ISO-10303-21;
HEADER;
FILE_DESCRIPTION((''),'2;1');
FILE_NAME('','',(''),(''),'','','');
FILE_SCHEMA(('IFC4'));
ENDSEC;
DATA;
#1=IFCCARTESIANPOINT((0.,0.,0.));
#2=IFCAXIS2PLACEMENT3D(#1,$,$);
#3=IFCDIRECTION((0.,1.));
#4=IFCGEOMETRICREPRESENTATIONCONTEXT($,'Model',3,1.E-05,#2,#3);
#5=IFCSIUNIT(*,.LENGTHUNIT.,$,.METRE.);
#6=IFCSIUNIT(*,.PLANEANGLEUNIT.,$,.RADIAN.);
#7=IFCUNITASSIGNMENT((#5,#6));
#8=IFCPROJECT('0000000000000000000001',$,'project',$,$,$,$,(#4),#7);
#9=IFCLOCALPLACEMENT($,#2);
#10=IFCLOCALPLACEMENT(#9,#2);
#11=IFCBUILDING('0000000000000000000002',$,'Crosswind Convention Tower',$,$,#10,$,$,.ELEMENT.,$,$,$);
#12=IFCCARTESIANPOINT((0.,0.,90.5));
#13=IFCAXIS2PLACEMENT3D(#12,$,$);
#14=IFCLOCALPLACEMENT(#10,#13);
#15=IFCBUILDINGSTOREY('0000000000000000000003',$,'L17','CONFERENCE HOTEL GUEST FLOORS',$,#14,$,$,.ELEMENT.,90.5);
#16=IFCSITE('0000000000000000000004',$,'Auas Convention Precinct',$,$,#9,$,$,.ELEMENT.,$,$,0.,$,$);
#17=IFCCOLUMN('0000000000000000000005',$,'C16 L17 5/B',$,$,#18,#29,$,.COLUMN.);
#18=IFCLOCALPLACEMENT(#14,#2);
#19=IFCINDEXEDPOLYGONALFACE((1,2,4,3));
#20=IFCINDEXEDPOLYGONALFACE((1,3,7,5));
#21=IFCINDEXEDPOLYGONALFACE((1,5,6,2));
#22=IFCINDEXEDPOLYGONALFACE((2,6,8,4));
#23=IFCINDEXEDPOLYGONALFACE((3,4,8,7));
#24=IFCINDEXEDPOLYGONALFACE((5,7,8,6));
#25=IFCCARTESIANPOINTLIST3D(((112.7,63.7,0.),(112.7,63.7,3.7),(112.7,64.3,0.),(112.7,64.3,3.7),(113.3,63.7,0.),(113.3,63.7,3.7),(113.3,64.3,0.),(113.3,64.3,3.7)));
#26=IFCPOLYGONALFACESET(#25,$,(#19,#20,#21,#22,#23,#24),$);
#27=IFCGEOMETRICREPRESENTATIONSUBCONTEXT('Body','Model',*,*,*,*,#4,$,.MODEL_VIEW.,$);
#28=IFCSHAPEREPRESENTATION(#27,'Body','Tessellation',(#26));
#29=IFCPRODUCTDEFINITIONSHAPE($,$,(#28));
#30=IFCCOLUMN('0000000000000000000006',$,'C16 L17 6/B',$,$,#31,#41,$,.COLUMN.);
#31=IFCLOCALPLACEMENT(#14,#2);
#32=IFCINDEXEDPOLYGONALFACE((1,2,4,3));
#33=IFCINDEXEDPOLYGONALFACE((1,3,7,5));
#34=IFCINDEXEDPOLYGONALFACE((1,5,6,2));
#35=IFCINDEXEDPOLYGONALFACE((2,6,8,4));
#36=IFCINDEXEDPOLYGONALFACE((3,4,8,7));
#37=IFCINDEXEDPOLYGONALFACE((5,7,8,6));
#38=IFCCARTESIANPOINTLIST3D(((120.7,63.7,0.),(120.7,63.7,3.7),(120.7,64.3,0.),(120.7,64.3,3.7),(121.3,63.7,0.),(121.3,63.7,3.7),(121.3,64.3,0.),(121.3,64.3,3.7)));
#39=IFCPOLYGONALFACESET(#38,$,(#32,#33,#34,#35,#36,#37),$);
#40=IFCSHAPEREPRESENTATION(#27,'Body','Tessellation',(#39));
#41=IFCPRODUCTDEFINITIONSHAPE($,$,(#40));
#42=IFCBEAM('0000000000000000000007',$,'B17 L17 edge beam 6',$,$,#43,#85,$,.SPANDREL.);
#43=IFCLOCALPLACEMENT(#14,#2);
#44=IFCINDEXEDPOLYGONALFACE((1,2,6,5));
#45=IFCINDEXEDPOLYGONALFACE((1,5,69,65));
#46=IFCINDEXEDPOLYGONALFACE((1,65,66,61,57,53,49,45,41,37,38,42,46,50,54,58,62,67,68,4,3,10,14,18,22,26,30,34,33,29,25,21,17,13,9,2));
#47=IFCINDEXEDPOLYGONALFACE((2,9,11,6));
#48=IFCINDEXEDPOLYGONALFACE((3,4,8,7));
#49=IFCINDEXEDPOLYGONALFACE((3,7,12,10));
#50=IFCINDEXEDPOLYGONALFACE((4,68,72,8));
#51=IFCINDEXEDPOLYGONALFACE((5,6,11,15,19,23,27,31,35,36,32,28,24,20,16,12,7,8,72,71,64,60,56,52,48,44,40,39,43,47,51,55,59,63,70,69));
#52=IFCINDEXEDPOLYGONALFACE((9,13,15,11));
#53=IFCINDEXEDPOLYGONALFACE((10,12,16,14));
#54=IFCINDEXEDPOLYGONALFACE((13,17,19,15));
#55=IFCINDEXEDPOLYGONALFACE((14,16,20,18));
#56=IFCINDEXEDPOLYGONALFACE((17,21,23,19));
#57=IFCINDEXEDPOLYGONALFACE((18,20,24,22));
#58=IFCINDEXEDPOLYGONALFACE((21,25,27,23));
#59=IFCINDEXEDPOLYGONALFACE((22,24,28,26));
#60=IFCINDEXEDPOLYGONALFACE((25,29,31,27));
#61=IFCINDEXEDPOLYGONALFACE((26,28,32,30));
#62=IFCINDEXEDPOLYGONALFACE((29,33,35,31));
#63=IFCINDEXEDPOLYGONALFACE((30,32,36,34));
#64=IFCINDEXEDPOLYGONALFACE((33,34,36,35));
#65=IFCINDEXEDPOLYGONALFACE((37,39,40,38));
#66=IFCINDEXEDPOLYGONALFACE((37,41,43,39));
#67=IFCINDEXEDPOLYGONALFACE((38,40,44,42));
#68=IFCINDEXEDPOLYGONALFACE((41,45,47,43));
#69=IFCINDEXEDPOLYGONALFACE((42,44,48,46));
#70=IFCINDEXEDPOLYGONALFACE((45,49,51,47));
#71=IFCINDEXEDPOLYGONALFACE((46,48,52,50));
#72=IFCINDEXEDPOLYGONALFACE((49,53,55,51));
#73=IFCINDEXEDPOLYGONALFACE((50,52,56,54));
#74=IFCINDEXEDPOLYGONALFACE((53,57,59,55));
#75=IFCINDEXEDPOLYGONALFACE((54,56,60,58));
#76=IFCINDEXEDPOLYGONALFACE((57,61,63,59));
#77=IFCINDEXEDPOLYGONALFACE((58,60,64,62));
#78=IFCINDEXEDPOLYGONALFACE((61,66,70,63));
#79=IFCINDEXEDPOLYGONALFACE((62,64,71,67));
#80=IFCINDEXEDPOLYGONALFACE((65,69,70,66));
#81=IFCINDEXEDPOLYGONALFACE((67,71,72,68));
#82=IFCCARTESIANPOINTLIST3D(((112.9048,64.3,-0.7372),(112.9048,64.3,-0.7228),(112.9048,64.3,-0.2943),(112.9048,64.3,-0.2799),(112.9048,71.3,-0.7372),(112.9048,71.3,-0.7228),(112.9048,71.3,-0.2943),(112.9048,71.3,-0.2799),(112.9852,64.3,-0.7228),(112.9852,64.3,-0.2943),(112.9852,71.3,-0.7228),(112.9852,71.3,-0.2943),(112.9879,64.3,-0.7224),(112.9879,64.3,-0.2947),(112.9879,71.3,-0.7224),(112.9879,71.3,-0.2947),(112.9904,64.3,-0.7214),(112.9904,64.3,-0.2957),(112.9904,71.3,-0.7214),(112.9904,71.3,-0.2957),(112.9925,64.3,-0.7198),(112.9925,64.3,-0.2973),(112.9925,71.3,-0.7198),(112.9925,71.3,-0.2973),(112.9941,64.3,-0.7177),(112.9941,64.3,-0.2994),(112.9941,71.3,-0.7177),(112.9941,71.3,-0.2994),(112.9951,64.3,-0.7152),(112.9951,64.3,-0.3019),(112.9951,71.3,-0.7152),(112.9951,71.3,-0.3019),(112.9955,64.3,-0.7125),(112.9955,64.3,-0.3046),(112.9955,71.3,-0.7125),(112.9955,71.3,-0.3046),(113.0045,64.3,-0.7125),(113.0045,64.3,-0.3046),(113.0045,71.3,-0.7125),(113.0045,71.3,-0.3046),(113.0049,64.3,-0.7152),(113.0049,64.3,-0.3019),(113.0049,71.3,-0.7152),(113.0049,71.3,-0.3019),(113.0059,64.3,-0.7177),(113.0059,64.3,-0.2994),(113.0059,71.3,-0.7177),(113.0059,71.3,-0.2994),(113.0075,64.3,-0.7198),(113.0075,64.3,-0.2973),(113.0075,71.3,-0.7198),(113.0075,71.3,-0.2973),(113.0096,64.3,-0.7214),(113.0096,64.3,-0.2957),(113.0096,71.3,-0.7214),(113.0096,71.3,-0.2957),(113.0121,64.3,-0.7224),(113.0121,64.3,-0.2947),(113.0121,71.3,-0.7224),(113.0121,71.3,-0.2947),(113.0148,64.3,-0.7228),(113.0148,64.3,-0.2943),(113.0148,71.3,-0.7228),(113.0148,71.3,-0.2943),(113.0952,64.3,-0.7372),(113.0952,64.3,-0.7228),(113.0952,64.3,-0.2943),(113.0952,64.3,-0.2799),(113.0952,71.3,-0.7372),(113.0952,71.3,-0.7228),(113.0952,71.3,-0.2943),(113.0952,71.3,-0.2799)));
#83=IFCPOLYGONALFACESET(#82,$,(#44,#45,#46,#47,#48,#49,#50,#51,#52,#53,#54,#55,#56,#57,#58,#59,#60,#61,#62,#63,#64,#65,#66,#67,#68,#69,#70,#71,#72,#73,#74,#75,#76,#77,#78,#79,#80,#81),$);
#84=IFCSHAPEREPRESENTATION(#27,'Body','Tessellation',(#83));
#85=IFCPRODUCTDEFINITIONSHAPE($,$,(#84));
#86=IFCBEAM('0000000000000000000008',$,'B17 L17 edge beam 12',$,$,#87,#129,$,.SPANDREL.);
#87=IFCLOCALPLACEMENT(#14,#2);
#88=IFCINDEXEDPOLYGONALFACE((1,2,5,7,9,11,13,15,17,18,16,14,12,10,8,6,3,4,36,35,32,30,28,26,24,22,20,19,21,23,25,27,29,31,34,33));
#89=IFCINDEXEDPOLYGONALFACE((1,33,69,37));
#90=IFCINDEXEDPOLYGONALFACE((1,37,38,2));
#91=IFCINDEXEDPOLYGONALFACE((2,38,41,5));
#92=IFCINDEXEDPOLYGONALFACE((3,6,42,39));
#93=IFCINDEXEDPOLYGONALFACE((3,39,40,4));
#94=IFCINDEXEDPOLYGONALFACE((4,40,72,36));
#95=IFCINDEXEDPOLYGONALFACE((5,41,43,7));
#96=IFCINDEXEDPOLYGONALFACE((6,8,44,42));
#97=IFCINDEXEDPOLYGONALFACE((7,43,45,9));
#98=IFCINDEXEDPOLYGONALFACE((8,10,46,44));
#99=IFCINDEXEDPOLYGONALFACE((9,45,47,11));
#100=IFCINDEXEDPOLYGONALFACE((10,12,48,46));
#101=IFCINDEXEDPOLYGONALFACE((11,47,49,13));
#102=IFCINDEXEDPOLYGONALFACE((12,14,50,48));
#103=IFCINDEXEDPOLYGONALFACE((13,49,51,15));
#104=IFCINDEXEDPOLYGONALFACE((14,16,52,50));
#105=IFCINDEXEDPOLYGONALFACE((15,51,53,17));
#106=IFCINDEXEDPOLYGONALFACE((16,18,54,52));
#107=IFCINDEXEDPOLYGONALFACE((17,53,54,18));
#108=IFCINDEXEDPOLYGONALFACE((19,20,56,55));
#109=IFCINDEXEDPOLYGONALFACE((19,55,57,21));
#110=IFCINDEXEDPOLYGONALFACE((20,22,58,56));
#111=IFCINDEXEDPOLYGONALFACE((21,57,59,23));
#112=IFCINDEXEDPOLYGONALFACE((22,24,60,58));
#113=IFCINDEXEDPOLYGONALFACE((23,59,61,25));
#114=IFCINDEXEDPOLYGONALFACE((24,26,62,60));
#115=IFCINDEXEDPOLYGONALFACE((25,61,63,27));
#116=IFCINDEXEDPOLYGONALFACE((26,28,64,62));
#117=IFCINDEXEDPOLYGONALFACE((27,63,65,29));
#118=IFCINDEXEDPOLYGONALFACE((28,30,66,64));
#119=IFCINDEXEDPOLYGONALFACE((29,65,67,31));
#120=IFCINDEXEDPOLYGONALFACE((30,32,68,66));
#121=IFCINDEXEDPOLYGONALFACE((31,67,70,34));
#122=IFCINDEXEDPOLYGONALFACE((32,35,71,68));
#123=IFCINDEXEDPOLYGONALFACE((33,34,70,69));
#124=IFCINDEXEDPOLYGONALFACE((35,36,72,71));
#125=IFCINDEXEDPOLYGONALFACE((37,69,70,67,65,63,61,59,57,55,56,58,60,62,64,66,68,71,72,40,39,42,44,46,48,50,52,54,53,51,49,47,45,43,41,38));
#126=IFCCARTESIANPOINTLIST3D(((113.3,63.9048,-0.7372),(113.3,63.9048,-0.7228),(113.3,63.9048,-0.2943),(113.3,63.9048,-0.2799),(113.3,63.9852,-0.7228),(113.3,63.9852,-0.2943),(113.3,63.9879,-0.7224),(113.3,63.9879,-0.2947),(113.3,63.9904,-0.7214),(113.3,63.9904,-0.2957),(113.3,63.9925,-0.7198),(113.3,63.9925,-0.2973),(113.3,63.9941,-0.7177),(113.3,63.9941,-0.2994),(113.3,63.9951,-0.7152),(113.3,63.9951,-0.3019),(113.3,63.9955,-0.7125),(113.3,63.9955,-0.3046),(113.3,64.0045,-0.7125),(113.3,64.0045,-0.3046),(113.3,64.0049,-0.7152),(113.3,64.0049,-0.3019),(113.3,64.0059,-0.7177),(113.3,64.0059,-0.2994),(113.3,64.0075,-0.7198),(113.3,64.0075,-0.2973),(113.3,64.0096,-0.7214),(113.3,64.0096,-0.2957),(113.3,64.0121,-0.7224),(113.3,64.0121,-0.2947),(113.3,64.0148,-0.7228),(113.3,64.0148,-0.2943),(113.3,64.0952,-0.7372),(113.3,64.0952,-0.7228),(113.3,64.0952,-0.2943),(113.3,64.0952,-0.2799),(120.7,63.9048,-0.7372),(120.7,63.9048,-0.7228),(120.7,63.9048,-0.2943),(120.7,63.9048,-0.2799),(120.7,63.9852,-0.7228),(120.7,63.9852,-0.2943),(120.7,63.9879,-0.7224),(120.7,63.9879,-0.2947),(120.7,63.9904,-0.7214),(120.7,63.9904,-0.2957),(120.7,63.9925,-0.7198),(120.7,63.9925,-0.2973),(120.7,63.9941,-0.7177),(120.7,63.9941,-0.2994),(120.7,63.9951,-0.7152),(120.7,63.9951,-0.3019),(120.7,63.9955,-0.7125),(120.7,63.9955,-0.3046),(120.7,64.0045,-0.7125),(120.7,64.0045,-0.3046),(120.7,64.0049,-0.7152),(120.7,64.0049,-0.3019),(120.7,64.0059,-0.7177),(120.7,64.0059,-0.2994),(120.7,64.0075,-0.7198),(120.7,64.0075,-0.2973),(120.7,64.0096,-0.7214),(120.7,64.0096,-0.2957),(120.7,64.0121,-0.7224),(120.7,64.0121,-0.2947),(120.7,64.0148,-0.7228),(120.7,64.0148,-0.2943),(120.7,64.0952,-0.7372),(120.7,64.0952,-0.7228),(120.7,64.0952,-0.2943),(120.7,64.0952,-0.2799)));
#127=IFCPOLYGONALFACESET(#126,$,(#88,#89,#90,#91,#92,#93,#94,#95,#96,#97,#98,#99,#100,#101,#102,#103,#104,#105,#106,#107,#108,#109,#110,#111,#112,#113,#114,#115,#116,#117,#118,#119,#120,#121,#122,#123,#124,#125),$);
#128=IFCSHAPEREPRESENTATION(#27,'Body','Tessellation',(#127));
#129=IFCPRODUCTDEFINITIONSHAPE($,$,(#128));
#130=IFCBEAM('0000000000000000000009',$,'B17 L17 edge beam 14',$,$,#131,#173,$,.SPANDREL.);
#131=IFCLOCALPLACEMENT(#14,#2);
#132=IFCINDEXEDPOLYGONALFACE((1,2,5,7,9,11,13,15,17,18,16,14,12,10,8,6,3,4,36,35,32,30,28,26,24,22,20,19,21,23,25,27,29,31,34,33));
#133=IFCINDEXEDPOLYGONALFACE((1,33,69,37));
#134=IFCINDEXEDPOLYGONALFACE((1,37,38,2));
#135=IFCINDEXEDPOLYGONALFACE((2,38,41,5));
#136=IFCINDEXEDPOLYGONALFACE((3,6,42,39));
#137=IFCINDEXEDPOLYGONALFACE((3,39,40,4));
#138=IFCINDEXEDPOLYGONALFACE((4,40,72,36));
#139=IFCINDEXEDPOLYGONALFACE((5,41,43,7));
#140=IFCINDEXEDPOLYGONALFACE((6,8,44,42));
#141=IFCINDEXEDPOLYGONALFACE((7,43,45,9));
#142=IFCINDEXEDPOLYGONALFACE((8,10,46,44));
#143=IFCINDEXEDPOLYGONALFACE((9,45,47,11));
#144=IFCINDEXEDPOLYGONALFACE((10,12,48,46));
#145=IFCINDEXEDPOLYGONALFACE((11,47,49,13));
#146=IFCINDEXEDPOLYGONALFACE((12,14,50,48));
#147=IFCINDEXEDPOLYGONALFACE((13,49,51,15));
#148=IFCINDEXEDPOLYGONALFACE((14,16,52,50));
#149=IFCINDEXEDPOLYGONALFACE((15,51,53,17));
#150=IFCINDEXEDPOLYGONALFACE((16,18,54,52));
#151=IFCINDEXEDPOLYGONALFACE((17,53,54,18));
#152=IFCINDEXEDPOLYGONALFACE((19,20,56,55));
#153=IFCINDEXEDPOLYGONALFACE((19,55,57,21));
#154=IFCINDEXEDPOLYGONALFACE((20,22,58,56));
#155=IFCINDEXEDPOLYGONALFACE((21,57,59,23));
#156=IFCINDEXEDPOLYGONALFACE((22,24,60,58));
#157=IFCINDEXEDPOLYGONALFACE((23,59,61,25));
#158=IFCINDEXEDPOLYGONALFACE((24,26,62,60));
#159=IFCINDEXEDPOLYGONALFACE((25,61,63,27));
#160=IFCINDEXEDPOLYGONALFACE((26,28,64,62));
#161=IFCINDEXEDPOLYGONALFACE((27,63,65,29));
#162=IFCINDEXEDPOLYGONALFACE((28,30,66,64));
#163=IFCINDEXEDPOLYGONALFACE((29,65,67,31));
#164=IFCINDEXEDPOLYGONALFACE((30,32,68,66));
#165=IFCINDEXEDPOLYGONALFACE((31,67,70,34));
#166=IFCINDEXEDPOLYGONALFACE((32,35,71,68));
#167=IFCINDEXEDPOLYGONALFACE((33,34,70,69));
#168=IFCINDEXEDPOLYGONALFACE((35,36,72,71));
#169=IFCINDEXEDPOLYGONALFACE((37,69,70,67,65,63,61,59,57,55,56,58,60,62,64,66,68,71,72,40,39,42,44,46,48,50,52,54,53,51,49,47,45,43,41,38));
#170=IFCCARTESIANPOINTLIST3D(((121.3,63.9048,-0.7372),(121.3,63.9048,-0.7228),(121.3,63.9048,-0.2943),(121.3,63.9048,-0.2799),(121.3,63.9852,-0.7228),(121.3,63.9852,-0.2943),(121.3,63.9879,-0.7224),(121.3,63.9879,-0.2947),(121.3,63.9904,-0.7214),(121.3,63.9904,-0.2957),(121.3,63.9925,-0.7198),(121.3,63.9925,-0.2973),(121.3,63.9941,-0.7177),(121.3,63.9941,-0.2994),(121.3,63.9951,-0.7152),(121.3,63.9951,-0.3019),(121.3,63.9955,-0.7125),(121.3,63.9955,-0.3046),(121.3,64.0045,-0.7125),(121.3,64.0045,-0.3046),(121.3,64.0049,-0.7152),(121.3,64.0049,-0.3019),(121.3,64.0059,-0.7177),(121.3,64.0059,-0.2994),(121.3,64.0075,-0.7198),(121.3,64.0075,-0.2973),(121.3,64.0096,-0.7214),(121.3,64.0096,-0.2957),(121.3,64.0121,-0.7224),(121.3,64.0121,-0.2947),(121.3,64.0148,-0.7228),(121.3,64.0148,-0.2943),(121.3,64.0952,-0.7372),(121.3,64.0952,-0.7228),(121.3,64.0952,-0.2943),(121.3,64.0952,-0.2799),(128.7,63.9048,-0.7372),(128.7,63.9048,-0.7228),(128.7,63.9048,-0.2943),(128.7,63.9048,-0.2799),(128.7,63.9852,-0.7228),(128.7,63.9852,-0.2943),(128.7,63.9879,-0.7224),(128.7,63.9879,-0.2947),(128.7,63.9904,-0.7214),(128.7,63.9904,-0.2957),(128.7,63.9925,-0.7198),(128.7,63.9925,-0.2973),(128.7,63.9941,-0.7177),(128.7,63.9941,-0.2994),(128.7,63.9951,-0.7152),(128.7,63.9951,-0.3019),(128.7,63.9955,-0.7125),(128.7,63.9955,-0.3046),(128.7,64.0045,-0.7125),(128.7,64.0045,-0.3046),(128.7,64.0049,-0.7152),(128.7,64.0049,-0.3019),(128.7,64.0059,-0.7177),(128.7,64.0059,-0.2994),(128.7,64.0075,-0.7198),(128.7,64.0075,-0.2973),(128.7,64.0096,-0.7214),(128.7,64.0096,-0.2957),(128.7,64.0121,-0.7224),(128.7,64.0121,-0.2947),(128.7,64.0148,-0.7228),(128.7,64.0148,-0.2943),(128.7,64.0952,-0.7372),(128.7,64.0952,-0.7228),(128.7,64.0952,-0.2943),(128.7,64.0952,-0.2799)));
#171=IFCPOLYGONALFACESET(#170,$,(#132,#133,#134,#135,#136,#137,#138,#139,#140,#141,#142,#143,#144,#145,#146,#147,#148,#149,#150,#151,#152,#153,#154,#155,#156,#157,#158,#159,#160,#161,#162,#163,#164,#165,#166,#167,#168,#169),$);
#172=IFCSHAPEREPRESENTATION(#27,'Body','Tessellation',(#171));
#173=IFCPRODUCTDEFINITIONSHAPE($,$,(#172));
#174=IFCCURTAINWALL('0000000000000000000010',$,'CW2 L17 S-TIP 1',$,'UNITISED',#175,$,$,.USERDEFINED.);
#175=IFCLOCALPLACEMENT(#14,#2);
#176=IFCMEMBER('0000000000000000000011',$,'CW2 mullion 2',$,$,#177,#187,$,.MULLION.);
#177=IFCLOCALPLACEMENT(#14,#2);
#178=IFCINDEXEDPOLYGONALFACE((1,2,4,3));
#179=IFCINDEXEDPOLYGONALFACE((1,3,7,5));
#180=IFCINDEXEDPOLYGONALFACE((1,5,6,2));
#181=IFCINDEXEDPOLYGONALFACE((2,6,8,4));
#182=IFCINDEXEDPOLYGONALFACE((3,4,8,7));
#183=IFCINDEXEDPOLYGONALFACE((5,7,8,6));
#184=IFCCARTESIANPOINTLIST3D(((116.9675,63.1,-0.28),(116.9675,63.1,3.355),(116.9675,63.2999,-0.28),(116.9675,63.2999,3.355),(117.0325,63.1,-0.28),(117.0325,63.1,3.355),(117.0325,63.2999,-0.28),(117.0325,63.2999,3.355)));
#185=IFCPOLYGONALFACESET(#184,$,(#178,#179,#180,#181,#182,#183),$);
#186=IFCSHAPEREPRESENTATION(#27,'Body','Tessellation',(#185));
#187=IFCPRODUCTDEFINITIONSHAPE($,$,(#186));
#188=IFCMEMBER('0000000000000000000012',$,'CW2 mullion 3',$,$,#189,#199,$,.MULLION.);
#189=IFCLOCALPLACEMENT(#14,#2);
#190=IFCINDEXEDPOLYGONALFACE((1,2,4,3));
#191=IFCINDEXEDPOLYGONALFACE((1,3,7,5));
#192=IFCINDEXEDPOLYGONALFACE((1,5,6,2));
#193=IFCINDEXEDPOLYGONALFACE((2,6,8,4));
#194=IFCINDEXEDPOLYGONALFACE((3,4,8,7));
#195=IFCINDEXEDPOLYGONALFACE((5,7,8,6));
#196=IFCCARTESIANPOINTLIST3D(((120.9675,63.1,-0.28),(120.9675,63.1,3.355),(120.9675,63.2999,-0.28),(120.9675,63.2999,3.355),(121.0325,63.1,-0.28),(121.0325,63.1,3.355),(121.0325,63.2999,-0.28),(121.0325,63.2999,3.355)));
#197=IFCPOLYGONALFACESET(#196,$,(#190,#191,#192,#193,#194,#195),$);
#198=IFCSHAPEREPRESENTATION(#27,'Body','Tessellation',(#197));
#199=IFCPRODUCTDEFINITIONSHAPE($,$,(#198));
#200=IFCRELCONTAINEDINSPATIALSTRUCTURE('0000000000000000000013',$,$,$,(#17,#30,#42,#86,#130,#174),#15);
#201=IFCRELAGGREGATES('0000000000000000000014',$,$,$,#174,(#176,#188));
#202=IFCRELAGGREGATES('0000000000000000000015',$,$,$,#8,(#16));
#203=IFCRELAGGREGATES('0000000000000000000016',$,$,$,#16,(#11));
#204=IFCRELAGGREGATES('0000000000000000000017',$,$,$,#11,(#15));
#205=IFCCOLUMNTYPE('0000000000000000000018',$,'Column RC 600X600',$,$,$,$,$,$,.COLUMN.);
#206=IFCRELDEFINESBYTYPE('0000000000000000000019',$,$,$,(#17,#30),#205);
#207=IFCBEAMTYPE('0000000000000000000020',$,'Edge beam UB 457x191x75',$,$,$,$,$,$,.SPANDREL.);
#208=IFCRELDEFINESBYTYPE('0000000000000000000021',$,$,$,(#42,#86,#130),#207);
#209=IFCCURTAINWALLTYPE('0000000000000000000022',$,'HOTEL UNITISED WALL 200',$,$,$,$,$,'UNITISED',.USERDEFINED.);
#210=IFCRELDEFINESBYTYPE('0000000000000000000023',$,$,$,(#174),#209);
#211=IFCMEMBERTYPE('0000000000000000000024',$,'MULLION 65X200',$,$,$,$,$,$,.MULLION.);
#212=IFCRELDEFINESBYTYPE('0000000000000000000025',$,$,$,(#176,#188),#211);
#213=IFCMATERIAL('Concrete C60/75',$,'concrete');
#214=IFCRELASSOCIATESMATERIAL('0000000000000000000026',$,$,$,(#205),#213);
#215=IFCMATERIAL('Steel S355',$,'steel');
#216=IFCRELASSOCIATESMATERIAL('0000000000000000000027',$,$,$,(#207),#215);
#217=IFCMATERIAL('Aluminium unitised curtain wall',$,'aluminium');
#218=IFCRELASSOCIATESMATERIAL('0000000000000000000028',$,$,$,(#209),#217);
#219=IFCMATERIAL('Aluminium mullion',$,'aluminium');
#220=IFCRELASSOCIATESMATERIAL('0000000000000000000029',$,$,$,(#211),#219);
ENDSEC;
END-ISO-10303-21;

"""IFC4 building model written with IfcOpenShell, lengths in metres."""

from ifc_helpers import new_model, si_unit, direction, frame, origin, origin_2d, place, context, subcontext, project, spatial, rectangle, i_section, extrude, material, material_profile, profile_set, type_object, element, aggregate, save


model = new_model("IFC4")

# Units and contexts
model_context = context("Model", 3, precision=1e-05, world=origin(), true_north=direction((0.0, 1.0)))
body_context = subcontext(model_context, "Body", "Model", "MODEL_VIEW")
ifc_project = project(units=[si_unit("LENGTHUNIT", "METRE"), si_unit("PLANEANGLEUNIT", "RADIAN")], contexts=[model_context])

# Site, building, storey
site_placement = place(None, origin())
site = spatial("IfcSite", under=ifc_project, at=site_placement, Name="Auas Convention Precinct", CompositionType="ELEMENT", RefElevation=0.0)
building_placement = place(site_placement, origin())
building = spatial("IfcBuilding", under=site, at=building_placement, Name="Crosswind Convention Tower", CompositionType="ELEMENT")
storey_placement = place(building_placement, frame((0.0, 0.0, 90.5)))
storey = spatial("IfcBuildingStorey", under=building, at=storey_placement, Name="L17", Description="CONFERENCE HOTEL GUEST FLOORS", CompositionType="ELEMENT", Elevation=90.5)

# Columns
ifc_material_1 = material(Name="Concrete C60/75", Category="concrete")
ifc_material_profile_1 = material_profile(ifc_material_1, rectangle(XDim=0.6001, YDim=0.6001, at=origin_2d()), Name="RC 600X600")
ifc_profile_set_1 = profile_set([ifc_material_profile_1], Name="Concrete C60/75")
column_type = type_object("IfcColumnType", Name="Column RC 600X600", PredefinedType="COLUMN", material=ifc_profile_set_1)
for number, where, z_axis, x_axis, name in (
    (1, (113.0, 64.0, 0.0), (0.0, 0.0, 1.0), (1.0, 0.0, 0.0), "C16 L17 5/B"),
    (2, (121.0, 64.0, 0.0), (0.0, 0.0, 1.0), (1.0, 0.0, 0.0), "C16 L17 6/B"),
):
    element("IfcColumn", number, at=place(storey_placement, frame(where, z_axis=z_axis, x_axis=x_axis)), inside=storey, type_object=column_type, Name=name, PredefinedType="COLUMN", context=body_context, shape_type="SweptSolid", body=[
        extrude(rectangle(XDim=0.6001, YDim=0.6001, at=origin_2d()), origin(), (0.0, 0.0, 1.0), 3.7),
    ])

# Beams
ifc_material_2 = material(Name="Steel S355", Category="steel")
ifc_material_profile_2 = material_profile(ifc_material_2, i_section(OverallWidth=0.1904, OverallDepth=0.4573, WebThickness=0.009, FlangeThickness=0.0144, FilletRadius=0.0103, at=origin_2d()), Name="UB 457x191x75")
ifc_profile_set_2 = profile_set([ifc_material_profile_2], Name="Steel S355")
beam_type = type_object("IfcBeamType", Name="Edge beam UB 457x191x75", PredefinedType="SPANDREL", material=ifc_profile_set_2)
beam_placement = place(storey_placement, frame((113.0, 64.3, -0.5085), z_axis=(0.0, 1.0, 0.0), x_axis=(-1.0, 0.0, 0.0)))
element("IfcBeam", 3, at=beam_placement, inside=storey, type_object=beam_type, Name="B17 L17 edge beam 6", PredefinedType="SPANDREL", context=body_context, shape_type="SweptSolid", body=[
    extrude(i_section(OverallWidth=0.1904, OverallDepth=0.4573, WebThickness=0.009, FlangeThickness=0.0144, FilletRadius=0.0103, at=origin_2d()), origin(), (0.0, 0.0, 1.0), 7.0),
])
for number, where, z_axis, x_axis, name in (
    (4, (113.3, 64.0, -0.5085), (1.0, 0.0, 0.0), (0.0, 1.0, 0.0), "B17 L17 edge beam 12"),
    (5, (121.3, 64.0, -0.5085), (1.0, 0.0, 0.0), (0.0, 1.0, 0.0), "B17 L17 edge beam 14"),
):
    element("IfcBeam", number, at=place(storey_placement, frame(where, z_axis=z_axis, x_axis=x_axis)), inside=storey, type_object=beam_type, Name=name, PredefinedType="SPANDREL", context=body_context, shape_type="SweptSolid", body=[
        extrude(i_section(OverallWidth=0.1904, OverallDepth=0.4573, WebThickness=0.009, FlangeThickness=0.0144, FilletRadius=0.0103, at=origin_2d()), origin(), (0.0, 0.0, 1.0), 7.3999),
    ])

# Curtain wall, members
ifc_material_3 = material(Name="Aluminium unitised curtain wall", Category="aluminium")
curtain_wall_type = type_object("IfcCurtainWallType", Name="HOTEL UNITISED WALL 200", ElementType="UNITISED", PredefinedType="USERDEFINED", material=ifc_material_3)
curtain_wall_placement = place(storey_placement, origin())
curtain_wall = element("IfcCurtainWall", 6, at=curtain_wall_placement, inside=storey, type_object=curtain_wall_type, Name="CW2 L17 S-TIP 1", ObjectType="UNITISED", PredefinedType="USERDEFINED")
ifc_material_4 = material(Name="Aluminium mullion", Category="aluminium")
ifc_material_profile_3 = material_profile(ifc_material_4, rectangle(XDim=0.2, YDim=0.0649, at=origin_2d()), Name="AL 200X65")
ifc_profile_set_3 = profile_set([ifc_material_profile_3], Name="Aluminium mullion")
member_type_1 = type_object("IfcMemberType", Name="MULLION 65X200", PredefinedType="MULLION", material=ifc_profile_set_3)
member_1_placement = place(storey_placement, frame((117.0, 63.2, -0.28), z_axis=(0.0, 0.0, 1.0), x_axis=(0.0, -1.0, 0.0)))
member_1 = element("IfcMember", 7, at=member_1_placement, type_object=member_type_1, Name="CW2 mullion 2", PredefinedType="MULLION", context=body_context, shape_type="SweptSolid", body=[
    extrude(rectangle(XDim=0.2, YDim=0.0649, at=origin_2d()), origin(), (0.0, 0.0, 1.0), 3.635),
])
member_2_placement = place(storey_placement, frame((121.0, 63.2, -0.28), z_axis=(0.0, 0.0, 1.0), x_axis=(0.0, -1.0, 0.0)))
member_2 = element("IfcMember", 8, at=member_2_placement, type_object=member_type_1, Name="CW2 mullion 3", PredefinedType="MULLION", context=body_context, shape_type="SweptSolid", body=[
    extrude(rectangle(XDim=0.2, YDim=0.0649, at=origin_2d()), origin(), (0.0, 0.0, 1.0), 3.635),
])

aggregate(curtain_wall, [member_1, member_2])

save(model, "model.ifc")
